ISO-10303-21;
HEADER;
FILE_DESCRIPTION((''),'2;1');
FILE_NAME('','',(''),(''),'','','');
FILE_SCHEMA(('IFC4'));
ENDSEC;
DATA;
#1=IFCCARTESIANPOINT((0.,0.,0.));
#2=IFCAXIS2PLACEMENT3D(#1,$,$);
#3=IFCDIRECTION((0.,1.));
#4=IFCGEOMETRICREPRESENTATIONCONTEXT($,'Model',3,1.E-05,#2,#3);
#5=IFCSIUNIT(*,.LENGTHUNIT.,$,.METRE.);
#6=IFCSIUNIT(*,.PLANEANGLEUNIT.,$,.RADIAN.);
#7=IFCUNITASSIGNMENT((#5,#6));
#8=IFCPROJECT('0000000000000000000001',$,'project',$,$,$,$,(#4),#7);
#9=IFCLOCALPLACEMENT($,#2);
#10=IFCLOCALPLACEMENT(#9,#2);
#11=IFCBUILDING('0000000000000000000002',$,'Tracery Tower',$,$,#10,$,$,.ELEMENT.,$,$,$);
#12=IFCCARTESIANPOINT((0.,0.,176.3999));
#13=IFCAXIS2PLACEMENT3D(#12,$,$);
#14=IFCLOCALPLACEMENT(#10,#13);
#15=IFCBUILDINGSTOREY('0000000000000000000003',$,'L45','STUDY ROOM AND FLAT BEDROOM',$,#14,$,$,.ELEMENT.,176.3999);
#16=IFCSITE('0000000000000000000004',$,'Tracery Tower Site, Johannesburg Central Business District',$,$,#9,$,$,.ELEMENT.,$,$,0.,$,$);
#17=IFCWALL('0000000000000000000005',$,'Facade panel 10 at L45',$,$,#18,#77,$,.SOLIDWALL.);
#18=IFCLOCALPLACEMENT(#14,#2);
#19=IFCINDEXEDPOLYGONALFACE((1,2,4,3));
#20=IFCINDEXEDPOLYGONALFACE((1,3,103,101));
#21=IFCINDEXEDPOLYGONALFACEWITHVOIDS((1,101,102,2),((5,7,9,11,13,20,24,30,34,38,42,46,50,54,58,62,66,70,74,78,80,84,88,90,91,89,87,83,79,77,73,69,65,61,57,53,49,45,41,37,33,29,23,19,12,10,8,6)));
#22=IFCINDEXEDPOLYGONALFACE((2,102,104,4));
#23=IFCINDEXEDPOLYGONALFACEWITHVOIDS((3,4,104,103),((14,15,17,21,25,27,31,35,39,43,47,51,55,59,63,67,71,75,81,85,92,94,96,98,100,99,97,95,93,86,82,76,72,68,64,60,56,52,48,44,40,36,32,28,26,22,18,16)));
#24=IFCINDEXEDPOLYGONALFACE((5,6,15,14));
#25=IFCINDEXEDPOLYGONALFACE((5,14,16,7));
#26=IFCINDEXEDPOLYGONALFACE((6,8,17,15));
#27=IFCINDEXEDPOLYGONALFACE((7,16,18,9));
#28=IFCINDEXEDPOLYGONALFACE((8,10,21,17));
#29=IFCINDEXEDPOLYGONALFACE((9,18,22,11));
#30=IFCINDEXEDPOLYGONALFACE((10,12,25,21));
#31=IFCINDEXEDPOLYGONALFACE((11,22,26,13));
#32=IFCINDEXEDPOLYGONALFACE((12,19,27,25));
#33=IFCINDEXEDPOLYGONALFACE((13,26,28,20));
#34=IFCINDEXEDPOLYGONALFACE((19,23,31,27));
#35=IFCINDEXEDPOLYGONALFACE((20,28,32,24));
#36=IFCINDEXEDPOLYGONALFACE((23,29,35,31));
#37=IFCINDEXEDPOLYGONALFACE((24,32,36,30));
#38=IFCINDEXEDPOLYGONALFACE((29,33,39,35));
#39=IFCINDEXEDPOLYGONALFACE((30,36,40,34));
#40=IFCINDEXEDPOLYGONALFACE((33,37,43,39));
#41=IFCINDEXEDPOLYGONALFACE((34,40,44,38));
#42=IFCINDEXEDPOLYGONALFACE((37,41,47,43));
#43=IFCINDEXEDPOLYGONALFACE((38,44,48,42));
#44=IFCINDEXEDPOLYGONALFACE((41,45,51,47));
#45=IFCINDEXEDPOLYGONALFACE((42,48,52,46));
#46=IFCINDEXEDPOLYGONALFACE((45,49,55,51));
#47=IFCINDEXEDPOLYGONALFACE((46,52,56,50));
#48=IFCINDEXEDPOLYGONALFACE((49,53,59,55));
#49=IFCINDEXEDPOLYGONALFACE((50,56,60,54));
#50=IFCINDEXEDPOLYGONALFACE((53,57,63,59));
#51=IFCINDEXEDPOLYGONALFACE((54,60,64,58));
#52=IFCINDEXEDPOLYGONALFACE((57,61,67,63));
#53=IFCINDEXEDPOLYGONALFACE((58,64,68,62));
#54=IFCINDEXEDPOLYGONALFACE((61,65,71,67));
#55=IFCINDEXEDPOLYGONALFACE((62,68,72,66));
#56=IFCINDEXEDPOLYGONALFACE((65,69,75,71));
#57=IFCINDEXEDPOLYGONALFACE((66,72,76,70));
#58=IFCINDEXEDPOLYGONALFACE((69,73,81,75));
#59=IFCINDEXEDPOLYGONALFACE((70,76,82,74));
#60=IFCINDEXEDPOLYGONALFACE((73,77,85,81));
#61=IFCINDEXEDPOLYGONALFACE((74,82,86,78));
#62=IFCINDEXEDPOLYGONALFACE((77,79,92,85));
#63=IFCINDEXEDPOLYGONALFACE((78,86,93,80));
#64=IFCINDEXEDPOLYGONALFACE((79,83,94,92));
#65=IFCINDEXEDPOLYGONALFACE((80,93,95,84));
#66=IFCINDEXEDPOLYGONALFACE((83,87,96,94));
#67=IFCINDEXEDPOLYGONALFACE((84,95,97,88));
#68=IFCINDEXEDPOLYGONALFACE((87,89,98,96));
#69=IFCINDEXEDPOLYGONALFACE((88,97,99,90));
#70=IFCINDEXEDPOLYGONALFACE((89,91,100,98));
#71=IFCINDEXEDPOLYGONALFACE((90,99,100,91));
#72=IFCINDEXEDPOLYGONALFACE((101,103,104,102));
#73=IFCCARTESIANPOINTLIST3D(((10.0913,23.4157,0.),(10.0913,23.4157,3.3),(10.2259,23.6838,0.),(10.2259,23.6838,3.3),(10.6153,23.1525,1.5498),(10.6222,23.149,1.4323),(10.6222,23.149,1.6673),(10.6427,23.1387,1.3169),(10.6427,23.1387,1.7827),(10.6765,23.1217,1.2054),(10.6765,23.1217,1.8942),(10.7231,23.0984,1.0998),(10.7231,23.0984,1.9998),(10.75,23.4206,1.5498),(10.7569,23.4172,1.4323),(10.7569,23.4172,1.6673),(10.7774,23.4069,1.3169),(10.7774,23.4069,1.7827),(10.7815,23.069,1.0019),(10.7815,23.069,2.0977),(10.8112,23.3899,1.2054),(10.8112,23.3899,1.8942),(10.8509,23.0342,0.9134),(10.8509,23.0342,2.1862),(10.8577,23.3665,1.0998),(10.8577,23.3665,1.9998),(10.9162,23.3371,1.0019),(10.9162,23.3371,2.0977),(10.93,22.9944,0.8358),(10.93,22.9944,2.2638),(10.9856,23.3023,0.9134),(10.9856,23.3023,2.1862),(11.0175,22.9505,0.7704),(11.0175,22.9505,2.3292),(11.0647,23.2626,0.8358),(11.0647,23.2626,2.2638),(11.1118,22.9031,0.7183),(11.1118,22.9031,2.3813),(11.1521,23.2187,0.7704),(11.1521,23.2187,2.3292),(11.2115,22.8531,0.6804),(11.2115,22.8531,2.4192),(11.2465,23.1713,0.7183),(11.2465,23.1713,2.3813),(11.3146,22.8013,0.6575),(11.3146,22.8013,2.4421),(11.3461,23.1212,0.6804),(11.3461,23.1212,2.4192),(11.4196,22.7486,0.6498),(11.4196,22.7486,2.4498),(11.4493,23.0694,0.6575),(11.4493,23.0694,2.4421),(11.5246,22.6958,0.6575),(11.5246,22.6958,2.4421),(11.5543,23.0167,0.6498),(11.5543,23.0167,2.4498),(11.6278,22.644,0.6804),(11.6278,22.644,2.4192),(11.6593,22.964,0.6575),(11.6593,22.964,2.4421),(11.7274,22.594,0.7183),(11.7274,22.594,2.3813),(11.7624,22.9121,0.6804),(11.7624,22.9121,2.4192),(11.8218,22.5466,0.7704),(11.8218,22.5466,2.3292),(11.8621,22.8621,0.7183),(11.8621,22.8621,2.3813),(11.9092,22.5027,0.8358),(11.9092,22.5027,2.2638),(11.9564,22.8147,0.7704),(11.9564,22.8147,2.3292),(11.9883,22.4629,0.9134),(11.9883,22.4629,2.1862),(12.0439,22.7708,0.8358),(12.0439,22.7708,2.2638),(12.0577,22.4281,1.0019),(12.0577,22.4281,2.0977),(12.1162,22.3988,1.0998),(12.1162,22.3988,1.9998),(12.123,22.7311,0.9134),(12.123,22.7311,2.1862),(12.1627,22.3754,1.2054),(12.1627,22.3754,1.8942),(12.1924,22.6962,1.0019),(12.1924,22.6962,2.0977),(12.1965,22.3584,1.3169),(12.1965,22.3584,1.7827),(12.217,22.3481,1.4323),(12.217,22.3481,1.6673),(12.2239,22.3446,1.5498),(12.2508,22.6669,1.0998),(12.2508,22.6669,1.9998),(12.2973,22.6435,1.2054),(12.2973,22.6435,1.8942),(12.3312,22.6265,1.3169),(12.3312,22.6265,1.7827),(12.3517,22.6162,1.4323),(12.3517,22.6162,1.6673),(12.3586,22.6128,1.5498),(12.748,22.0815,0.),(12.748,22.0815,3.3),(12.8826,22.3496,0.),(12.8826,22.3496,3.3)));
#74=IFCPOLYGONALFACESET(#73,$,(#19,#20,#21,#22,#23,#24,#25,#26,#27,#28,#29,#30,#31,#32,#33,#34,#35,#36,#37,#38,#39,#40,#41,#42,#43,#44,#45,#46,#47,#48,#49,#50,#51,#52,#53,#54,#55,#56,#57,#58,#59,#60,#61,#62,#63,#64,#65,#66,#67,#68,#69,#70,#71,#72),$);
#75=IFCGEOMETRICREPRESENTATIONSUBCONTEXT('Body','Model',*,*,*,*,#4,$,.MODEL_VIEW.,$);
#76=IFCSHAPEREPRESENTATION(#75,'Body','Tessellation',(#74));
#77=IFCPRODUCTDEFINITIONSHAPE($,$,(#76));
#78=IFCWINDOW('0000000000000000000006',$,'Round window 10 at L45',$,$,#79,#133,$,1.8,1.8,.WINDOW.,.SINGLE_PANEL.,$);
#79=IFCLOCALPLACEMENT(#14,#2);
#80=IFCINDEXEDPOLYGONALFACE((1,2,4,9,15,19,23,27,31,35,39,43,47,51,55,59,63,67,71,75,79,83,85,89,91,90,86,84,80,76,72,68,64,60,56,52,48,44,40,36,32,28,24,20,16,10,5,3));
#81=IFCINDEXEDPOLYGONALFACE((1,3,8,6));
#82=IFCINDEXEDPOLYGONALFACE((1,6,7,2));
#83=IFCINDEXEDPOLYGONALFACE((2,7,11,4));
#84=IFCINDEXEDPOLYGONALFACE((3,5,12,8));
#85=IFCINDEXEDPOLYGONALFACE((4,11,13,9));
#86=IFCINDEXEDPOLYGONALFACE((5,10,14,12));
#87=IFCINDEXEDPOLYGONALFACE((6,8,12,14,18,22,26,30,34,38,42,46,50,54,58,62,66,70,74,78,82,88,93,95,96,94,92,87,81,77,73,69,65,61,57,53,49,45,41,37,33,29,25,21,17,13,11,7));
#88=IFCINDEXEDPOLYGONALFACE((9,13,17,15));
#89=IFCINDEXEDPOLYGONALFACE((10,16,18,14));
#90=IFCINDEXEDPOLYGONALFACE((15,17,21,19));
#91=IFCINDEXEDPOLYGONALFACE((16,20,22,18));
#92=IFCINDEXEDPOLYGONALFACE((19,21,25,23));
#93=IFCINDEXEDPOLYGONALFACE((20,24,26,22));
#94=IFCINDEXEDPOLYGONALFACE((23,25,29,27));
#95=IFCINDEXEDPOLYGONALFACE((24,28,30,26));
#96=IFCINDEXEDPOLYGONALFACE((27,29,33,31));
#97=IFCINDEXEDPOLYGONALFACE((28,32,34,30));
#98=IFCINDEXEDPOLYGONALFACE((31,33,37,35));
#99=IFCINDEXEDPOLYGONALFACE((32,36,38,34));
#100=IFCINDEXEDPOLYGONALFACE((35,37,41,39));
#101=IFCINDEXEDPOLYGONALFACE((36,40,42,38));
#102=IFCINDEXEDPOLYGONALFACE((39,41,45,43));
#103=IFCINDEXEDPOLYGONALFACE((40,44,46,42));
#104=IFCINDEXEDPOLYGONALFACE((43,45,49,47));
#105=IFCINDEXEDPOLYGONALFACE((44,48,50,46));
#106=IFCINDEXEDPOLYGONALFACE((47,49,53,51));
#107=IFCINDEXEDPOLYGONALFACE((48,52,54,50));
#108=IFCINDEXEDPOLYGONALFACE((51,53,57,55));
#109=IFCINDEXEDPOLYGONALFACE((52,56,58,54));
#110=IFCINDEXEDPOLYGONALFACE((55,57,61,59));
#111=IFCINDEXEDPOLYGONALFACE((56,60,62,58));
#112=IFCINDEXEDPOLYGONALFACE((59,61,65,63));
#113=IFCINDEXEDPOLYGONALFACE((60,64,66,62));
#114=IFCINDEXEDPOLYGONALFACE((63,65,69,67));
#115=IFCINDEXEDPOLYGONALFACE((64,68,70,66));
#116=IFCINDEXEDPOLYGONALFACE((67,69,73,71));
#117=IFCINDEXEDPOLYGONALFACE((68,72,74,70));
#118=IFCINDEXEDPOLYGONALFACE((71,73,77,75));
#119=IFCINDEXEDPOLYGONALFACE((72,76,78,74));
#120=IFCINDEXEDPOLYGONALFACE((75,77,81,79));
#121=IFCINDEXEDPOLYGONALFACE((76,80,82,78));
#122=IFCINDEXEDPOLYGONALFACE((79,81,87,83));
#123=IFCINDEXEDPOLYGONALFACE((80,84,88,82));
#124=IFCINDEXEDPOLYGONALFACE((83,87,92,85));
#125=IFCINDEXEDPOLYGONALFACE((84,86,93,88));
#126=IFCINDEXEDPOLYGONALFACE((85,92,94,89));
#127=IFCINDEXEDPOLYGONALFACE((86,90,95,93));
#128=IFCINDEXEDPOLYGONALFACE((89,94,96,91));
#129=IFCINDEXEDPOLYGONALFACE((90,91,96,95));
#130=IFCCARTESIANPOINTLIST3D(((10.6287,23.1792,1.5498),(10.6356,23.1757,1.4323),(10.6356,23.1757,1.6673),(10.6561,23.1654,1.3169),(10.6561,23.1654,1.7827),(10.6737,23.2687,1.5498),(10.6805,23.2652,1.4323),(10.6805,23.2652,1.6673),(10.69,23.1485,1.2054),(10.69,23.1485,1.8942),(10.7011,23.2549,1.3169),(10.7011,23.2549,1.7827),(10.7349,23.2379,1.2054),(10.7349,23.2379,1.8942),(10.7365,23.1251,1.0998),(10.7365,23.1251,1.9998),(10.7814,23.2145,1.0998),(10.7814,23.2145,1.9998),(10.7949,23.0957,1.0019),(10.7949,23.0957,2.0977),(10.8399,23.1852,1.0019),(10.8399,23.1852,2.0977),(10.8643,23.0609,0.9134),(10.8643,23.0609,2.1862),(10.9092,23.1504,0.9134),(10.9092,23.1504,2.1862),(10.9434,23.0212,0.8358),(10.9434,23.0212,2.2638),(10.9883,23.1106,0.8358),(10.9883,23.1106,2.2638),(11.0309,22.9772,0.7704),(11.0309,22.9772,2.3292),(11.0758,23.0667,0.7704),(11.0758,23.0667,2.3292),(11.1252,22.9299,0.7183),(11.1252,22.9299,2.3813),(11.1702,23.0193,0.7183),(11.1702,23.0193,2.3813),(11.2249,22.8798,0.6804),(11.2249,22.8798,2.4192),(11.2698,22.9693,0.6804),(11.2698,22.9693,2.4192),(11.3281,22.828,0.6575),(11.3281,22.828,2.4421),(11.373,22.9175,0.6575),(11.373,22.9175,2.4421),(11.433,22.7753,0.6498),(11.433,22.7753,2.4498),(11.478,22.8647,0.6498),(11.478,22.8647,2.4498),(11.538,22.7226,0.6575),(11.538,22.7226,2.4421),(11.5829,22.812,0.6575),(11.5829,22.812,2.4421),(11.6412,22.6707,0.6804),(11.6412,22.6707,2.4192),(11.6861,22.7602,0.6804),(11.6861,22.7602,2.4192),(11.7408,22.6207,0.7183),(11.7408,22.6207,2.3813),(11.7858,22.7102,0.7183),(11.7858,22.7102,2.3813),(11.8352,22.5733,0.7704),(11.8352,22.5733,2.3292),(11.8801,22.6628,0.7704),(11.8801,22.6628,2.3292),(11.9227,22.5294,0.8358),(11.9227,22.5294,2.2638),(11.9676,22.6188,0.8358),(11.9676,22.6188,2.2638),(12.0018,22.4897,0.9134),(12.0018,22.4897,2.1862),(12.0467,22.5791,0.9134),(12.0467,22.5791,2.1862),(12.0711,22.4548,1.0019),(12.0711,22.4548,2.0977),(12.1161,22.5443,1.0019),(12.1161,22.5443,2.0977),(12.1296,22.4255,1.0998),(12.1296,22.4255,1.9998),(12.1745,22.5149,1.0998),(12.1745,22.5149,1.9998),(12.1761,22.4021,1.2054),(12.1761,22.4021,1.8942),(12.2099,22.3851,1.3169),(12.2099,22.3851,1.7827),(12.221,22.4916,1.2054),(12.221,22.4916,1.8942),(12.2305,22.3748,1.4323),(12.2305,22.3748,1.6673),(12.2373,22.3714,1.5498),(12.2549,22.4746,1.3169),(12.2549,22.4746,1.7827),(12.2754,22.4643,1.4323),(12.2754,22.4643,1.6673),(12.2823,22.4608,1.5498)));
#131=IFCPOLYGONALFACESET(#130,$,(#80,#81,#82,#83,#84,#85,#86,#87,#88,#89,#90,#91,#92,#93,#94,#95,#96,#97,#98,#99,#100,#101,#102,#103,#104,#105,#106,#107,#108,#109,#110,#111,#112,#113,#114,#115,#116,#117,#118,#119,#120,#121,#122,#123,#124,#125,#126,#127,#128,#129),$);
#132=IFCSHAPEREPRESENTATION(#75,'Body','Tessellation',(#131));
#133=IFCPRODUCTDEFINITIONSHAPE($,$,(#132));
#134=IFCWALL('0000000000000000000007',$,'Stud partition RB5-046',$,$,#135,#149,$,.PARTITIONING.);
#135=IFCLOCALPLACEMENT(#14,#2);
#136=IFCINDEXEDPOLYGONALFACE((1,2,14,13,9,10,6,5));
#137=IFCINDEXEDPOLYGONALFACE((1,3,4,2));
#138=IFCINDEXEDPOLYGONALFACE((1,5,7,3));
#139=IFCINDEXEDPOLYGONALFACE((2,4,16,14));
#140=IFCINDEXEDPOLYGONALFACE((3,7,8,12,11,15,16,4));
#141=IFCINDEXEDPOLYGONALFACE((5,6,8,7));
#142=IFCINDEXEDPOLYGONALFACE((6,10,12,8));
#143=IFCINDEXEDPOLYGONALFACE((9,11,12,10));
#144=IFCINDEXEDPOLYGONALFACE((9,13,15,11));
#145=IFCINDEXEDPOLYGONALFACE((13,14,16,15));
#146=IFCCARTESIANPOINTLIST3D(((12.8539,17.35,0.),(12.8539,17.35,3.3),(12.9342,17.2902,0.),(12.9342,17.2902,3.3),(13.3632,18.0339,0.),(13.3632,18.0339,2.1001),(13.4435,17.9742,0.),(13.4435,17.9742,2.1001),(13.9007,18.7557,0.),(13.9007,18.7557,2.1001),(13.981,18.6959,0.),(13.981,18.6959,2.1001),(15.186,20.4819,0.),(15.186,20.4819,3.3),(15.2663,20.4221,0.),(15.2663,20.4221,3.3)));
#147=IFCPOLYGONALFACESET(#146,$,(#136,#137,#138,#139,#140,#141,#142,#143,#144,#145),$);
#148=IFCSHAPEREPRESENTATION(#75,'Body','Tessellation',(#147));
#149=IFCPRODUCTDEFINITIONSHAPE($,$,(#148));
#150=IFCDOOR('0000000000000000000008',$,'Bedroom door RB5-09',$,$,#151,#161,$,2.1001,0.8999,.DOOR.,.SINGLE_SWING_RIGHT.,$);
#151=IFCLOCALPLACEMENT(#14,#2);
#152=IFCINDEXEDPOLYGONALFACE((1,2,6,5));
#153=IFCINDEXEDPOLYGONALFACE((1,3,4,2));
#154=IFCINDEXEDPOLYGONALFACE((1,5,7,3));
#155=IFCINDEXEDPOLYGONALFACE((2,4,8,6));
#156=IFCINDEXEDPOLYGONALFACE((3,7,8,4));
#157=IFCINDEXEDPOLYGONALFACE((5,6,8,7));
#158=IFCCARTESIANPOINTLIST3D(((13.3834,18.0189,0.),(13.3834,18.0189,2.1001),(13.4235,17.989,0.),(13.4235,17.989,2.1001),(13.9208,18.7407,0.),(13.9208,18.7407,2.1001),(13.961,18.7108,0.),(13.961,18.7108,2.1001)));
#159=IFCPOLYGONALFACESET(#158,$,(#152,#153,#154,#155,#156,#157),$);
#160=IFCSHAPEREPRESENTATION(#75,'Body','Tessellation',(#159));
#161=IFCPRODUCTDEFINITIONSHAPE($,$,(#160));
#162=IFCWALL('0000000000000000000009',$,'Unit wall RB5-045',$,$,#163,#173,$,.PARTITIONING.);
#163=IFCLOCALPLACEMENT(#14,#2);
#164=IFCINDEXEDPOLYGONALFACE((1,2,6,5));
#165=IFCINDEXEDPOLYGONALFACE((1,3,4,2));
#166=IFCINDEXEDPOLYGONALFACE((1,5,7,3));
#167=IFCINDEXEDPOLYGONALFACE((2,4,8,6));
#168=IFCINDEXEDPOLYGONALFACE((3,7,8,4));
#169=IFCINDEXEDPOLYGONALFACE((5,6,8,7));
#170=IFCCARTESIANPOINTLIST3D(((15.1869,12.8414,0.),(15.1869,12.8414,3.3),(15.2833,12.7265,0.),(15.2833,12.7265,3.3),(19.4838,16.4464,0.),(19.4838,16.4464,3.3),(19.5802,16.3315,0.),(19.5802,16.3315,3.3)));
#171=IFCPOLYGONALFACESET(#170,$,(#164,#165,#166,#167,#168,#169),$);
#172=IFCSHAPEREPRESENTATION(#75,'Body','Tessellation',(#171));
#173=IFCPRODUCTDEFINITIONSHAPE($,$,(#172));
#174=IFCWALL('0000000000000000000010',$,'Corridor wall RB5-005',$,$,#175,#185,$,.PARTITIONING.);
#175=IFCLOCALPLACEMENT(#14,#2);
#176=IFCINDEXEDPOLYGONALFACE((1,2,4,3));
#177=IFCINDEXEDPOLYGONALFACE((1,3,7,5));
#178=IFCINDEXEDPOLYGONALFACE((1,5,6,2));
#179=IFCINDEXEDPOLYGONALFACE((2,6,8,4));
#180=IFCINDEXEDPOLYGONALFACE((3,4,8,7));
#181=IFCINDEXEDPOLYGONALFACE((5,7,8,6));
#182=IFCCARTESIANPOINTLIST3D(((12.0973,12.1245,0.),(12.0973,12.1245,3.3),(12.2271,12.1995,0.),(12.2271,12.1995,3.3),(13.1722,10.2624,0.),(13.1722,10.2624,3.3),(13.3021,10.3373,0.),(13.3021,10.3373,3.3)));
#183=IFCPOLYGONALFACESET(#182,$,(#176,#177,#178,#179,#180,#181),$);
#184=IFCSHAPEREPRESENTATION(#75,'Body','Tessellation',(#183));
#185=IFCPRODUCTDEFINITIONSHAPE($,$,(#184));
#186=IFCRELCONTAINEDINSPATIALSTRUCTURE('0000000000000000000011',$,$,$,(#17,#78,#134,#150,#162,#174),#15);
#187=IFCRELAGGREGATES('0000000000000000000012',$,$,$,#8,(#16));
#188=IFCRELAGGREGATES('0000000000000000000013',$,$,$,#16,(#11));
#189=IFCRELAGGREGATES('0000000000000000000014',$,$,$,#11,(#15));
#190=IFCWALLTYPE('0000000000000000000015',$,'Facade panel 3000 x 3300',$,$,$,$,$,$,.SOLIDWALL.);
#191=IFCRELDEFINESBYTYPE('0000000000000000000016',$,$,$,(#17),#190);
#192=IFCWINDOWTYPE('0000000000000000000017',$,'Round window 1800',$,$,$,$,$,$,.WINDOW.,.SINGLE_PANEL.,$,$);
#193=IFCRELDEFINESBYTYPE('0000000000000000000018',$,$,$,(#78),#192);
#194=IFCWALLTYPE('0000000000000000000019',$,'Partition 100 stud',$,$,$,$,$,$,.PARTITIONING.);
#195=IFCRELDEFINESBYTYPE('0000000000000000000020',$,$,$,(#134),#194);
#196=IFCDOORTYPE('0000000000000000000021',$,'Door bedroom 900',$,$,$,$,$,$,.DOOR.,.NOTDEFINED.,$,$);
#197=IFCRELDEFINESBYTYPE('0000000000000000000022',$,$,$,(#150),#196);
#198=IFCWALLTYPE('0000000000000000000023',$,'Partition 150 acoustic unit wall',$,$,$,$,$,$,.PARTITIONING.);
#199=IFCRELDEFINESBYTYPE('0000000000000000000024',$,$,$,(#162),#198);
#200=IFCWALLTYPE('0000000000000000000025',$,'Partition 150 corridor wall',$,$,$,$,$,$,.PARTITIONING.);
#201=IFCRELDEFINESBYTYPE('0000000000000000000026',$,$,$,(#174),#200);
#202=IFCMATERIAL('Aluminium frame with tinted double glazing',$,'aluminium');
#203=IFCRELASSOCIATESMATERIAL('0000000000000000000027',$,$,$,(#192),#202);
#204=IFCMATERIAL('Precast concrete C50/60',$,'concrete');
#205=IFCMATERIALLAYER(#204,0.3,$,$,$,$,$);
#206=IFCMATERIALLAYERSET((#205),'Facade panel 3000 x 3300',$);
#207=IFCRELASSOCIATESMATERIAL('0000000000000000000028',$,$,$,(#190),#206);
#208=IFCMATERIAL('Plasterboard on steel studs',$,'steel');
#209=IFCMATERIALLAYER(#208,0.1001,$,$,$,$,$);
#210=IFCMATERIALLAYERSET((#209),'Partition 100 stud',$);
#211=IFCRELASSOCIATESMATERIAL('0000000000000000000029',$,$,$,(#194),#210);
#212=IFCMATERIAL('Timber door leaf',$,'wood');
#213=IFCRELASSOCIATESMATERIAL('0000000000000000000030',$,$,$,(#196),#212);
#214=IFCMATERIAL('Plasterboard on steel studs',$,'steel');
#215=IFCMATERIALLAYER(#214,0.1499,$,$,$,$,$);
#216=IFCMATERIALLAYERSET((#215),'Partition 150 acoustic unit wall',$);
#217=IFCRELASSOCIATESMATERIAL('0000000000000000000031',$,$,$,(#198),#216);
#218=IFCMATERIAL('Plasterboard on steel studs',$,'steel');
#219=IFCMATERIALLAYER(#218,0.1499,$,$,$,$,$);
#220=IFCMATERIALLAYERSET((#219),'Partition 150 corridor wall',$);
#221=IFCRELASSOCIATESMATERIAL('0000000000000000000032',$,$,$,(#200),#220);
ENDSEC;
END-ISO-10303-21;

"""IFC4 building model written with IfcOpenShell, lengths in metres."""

from ifc_helpers import new_model, si_unit, direction, frame, frame_2d, origin, origin_2d, place, context, subcontext, project, spatial, rectangle, circle, extrude, material, layer, layer_set, type_object, element, fill, save


model = new_model("IFC4")

# Units and contexts
model_context = context("Model", 3, precision=1e-05, world=origin(), true_north=direction((0.0, 1.0)))
body_context = subcontext(model_context, "Body", "Model", "MODEL_VIEW")
ifc_project = project(units=[si_unit("LENGTHUNIT", "METRE"), si_unit("PLANEANGLEUNIT", "RADIAN")], contexts=[model_context])

# Site, building, storey
site_placement = place(None, origin())
site = spatial("IfcSite", under=ifc_project, at=site_placement, Name="Tracery Tower Site, Johannesburg Central Business District", CompositionType="ELEMENT", RefElevation=0.0)
building_placement = place(site_placement, origin())
building = spatial("IfcBuilding", under=site, at=building_placement, Name="Tracery Tower", CompositionType="ELEMENT")
storey_placement = place(building_placement, frame((0.0, 0.0, 176.3999)))
storey = spatial("IfcBuildingStorey", under=building, at=storey_placement, Name="L45", Description="STUDY ROOM AND FLAT BEDROOM", CompositionType="ELEMENT", Elevation=176.3999)

# Wall, opening, window
ifc_material_1 = material(Name="Aluminium frame with tinted double glazing", Category="aluminium")
window_type = type_object("IfcWindowType", Name="Round window 1800", PartitioningType="SINGLE_PANEL", PredefinedType="WINDOW", material=ifc_material_1)
ifc_material_2 = material(Name="Precast concrete C50/60", Category="concrete")
ifc_layer_1 = layer(ifc_material_2, 0.3)
ifc_layer_set_1 = layer_set([ifc_layer_1], Name="Facade panel 3000 x 3300")
wall_type_1 = type_object("IfcWallType", Name="Facade panel 3000 x 3300", PredefinedType="SOLIDWALL", material=ifc_layer_set_1)
wall_1_placement = place(storey_placement, frame((12.8152, 22.2156, 0.0), z_axis=(0.0, 0.0, 1.0), x_axis=(-0.893637, 0.44879, 0.0)))
wall_1 = element("IfcWall", 1, at=wall_1_placement, inside=storey, type_object=wall_type_1, Name="Facade panel 10 at L45", PredefinedType="SOLIDWALL", context=body_context, shape_type="SweptSolid", body=[
    extrude(rectangle(XDim=2.9729, YDim=0.3, at=frame_2d((1.4863, 0.0))), origin(), (0.0, 0.0, 1.0), 3.3),
])
opening_1_placement = place(wall_1_placement, frame((1.4863, 0.0, 1.5498)))
opening_1 = element("IfcOpeningElement", 2, at=opening_1_placement, cuts=wall_1, PredefinedType="OPENING", context=body_context, shape_type="SweptSolid", body=[
    extrude(circle(Radius=0.9, at=origin_2d()), frame((0.0, 0.1599, 0.0), z_axis=(0.0, -1.0, 0.0), x_axis=(1.0, 0.0, 0.0)), (0.0, 0.0, 1.0), 0.3201),
])
window_1_placement = place(opening_1_placement, origin())
window_1 = element("IfcWindow", 3, at=window_1_placement, inside=storey, type_object=window_type, Name="Round window 10 at L45", OverallHeight=1.8, OverallWidth=1.8, PartitioningType="SINGLE_PANEL", PredefinedType="WINDOW", context=body_context, shape_type="SweptSolid", body=[
    extrude(circle(Radius=0.9, at=origin_2d()), frame((0.0, 0.1201, 0.0), z_axis=(0.0, -1.0, 0.0), x_axis=(1.0, 0.0, 0.0)), (0.0, 0.0, 1.0), 0.1001),
])
fill(opening_1, window_1)

# Wall, opening, door
ifc_material_3 = material(Name="Plasterboard on steel studs", Category="steel")
ifc_layer_2 = layer(ifc_material_3, 0.1001)
ifc_layer_set_2 = layer_set([ifc_layer_2], Name="Partition 100 stud")
wall_type_2 = type_object("IfcWallType", Name="Partition 100 stud", PredefinedType="PARTITIONING", material=ifc_layer_set_2)
wall_2_placement = place(storey_placement, frame((12.894, 17.3201, 0.0), z_axis=(0.0, 0.0, 1.0), x_axis=(0.597235, 0.802066, 0.0)))
wall_2 = element("IfcWall", 4, at=wall_2_placement, inside=storey, type_object=wall_type_2, Name="Stud partition RB5-046", PredefinedType="PARTITIONING", context=body_context, shape_type="SweptSolid", body=[
    extrude(rectangle(XDim=3.9048, YDim=0.1001, at=frame_2d((1.9524, 0.0))), origin(), (0.0, 0.0, 1.0), 3.3),
])
opening_2_placement = place(wall_2_placement, frame((0.8528, 0.0, 0.0)))
opening_2 = element("IfcOpeningElement", 5, at=opening_2_placement, cuts=wall_2, PredefinedType="OPENING", context=body_context, shape_type="SweptSolid", body=[
    extrude(rectangle(XDim=0.8999, YDim=2.1001, at=frame_2d((0.45, 1.05))), frame((0.0, 0.05, 0.0), z_axis=(0.0, -1.0, 0.0), x_axis=(1.0, 0.0, 0.0)), (0.0, 0.0, 1.0), 0.1001),
])
ifc_material_4 = material(Name="Timber door leaf", Category="wood")
door_type = type_object("IfcDoorType", Name="Door bedroom 900", OperationType="NOTDEFINED", PredefinedType="DOOR", material=ifc_material_4)
door_placement = place(opening_2_placement, origin())
door = element("IfcDoor", 6, at=door_placement, inside=storey, type_object=door_type, Name="Bedroom door RB5-09", OperationType="SINGLE_SWING_RIGHT", OverallHeight=2.1001, OverallWidth=0.8999, PredefinedType="DOOR", context=body_context, shape_type="SweptSolid", body=[
    extrude(rectangle(XDim=0.8999, YDim=2.1001, at=frame_2d((0.45, 1.05))), frame((0.0, 0.0249, 0.0), z_axis=(0.0, -1.0, 0.0), x_axis=(1.0, 0.0, 0.0)), (0.0, 0.0, 1.0), 0.05),
])
fill(opening_2, door)

# Walls
ifc_material_5 = material(Name="Plasterboard on steel studs", Category="steel")
ifc_layer_3 = layer(ifc_material_5, 0.1499)
ifc_layer_set_3 = layer_set([ifc_layer_3], Name="Partition 150 acoustic unit wall")
wall_type_3 = type_object("IfcWallType", Name="Partition 150 acoustic unit wall", PredefinedType="PARTITIONING", material=ifc_layer_set_3)
wall_3_placement = place(storey_placement, frame((15.2351, 12.7839, 0.0), z_axis=(0.0, 0.0, 1.0), x_axis=(0.766091, 0.642733, 0.0)))
element("IfcWall", 7, at=wall_3_placement, inside=storey, type_object=wall_type_3, Name="Unit wall RB5-045", PredefinedType="PARTITIONING", context=body_context, shape_type="SweptSolid", body=[
    extrude(rectangle(XDim=5.6089, YDim=0.1499, at=frame_2d((2.8044, 0.0))), origin(), (0.0, 0.0, 1.0), 3.3),
])
ifc_material_6 = material(Name="Plasterboard on steel studs", Category="steel")
ifc_layer_4 = layer(ifc_material_6, 0.1499)
ifc_layer_set_4 = layer_set([ifc_layer_4], Name="Partition 150 corridor wall")
wall_type_4 = type_object("IfcWallType", Name="Partition 150 corridor wall", PredefinedType="PARTITIONING", material=ifc_layer_set_4)
wall_4_placement = place(storey_placement, frame((12.1621, 12.1621, 0.0), z_axis=(0.0, 0.0, 1.0), x_axis=(0.499962, -0.866048, 0.0)))
element("IfcWall", 8, at=wall_4_placement, inside=storey, type_object=wall_type_4, Name="Corridor wall RB5-005", PredefinedType="PARTITIONING", context=body_context, shape_type="SweptSolid", body=[
    extrude(rectangle(XDim=2.1501, YDim=0.1499, at=frame_2d((1.0752, 0.0))), origin(), (0.0, 0.0, 1.0), 3.3),
])

save(model, "model.ifc")
